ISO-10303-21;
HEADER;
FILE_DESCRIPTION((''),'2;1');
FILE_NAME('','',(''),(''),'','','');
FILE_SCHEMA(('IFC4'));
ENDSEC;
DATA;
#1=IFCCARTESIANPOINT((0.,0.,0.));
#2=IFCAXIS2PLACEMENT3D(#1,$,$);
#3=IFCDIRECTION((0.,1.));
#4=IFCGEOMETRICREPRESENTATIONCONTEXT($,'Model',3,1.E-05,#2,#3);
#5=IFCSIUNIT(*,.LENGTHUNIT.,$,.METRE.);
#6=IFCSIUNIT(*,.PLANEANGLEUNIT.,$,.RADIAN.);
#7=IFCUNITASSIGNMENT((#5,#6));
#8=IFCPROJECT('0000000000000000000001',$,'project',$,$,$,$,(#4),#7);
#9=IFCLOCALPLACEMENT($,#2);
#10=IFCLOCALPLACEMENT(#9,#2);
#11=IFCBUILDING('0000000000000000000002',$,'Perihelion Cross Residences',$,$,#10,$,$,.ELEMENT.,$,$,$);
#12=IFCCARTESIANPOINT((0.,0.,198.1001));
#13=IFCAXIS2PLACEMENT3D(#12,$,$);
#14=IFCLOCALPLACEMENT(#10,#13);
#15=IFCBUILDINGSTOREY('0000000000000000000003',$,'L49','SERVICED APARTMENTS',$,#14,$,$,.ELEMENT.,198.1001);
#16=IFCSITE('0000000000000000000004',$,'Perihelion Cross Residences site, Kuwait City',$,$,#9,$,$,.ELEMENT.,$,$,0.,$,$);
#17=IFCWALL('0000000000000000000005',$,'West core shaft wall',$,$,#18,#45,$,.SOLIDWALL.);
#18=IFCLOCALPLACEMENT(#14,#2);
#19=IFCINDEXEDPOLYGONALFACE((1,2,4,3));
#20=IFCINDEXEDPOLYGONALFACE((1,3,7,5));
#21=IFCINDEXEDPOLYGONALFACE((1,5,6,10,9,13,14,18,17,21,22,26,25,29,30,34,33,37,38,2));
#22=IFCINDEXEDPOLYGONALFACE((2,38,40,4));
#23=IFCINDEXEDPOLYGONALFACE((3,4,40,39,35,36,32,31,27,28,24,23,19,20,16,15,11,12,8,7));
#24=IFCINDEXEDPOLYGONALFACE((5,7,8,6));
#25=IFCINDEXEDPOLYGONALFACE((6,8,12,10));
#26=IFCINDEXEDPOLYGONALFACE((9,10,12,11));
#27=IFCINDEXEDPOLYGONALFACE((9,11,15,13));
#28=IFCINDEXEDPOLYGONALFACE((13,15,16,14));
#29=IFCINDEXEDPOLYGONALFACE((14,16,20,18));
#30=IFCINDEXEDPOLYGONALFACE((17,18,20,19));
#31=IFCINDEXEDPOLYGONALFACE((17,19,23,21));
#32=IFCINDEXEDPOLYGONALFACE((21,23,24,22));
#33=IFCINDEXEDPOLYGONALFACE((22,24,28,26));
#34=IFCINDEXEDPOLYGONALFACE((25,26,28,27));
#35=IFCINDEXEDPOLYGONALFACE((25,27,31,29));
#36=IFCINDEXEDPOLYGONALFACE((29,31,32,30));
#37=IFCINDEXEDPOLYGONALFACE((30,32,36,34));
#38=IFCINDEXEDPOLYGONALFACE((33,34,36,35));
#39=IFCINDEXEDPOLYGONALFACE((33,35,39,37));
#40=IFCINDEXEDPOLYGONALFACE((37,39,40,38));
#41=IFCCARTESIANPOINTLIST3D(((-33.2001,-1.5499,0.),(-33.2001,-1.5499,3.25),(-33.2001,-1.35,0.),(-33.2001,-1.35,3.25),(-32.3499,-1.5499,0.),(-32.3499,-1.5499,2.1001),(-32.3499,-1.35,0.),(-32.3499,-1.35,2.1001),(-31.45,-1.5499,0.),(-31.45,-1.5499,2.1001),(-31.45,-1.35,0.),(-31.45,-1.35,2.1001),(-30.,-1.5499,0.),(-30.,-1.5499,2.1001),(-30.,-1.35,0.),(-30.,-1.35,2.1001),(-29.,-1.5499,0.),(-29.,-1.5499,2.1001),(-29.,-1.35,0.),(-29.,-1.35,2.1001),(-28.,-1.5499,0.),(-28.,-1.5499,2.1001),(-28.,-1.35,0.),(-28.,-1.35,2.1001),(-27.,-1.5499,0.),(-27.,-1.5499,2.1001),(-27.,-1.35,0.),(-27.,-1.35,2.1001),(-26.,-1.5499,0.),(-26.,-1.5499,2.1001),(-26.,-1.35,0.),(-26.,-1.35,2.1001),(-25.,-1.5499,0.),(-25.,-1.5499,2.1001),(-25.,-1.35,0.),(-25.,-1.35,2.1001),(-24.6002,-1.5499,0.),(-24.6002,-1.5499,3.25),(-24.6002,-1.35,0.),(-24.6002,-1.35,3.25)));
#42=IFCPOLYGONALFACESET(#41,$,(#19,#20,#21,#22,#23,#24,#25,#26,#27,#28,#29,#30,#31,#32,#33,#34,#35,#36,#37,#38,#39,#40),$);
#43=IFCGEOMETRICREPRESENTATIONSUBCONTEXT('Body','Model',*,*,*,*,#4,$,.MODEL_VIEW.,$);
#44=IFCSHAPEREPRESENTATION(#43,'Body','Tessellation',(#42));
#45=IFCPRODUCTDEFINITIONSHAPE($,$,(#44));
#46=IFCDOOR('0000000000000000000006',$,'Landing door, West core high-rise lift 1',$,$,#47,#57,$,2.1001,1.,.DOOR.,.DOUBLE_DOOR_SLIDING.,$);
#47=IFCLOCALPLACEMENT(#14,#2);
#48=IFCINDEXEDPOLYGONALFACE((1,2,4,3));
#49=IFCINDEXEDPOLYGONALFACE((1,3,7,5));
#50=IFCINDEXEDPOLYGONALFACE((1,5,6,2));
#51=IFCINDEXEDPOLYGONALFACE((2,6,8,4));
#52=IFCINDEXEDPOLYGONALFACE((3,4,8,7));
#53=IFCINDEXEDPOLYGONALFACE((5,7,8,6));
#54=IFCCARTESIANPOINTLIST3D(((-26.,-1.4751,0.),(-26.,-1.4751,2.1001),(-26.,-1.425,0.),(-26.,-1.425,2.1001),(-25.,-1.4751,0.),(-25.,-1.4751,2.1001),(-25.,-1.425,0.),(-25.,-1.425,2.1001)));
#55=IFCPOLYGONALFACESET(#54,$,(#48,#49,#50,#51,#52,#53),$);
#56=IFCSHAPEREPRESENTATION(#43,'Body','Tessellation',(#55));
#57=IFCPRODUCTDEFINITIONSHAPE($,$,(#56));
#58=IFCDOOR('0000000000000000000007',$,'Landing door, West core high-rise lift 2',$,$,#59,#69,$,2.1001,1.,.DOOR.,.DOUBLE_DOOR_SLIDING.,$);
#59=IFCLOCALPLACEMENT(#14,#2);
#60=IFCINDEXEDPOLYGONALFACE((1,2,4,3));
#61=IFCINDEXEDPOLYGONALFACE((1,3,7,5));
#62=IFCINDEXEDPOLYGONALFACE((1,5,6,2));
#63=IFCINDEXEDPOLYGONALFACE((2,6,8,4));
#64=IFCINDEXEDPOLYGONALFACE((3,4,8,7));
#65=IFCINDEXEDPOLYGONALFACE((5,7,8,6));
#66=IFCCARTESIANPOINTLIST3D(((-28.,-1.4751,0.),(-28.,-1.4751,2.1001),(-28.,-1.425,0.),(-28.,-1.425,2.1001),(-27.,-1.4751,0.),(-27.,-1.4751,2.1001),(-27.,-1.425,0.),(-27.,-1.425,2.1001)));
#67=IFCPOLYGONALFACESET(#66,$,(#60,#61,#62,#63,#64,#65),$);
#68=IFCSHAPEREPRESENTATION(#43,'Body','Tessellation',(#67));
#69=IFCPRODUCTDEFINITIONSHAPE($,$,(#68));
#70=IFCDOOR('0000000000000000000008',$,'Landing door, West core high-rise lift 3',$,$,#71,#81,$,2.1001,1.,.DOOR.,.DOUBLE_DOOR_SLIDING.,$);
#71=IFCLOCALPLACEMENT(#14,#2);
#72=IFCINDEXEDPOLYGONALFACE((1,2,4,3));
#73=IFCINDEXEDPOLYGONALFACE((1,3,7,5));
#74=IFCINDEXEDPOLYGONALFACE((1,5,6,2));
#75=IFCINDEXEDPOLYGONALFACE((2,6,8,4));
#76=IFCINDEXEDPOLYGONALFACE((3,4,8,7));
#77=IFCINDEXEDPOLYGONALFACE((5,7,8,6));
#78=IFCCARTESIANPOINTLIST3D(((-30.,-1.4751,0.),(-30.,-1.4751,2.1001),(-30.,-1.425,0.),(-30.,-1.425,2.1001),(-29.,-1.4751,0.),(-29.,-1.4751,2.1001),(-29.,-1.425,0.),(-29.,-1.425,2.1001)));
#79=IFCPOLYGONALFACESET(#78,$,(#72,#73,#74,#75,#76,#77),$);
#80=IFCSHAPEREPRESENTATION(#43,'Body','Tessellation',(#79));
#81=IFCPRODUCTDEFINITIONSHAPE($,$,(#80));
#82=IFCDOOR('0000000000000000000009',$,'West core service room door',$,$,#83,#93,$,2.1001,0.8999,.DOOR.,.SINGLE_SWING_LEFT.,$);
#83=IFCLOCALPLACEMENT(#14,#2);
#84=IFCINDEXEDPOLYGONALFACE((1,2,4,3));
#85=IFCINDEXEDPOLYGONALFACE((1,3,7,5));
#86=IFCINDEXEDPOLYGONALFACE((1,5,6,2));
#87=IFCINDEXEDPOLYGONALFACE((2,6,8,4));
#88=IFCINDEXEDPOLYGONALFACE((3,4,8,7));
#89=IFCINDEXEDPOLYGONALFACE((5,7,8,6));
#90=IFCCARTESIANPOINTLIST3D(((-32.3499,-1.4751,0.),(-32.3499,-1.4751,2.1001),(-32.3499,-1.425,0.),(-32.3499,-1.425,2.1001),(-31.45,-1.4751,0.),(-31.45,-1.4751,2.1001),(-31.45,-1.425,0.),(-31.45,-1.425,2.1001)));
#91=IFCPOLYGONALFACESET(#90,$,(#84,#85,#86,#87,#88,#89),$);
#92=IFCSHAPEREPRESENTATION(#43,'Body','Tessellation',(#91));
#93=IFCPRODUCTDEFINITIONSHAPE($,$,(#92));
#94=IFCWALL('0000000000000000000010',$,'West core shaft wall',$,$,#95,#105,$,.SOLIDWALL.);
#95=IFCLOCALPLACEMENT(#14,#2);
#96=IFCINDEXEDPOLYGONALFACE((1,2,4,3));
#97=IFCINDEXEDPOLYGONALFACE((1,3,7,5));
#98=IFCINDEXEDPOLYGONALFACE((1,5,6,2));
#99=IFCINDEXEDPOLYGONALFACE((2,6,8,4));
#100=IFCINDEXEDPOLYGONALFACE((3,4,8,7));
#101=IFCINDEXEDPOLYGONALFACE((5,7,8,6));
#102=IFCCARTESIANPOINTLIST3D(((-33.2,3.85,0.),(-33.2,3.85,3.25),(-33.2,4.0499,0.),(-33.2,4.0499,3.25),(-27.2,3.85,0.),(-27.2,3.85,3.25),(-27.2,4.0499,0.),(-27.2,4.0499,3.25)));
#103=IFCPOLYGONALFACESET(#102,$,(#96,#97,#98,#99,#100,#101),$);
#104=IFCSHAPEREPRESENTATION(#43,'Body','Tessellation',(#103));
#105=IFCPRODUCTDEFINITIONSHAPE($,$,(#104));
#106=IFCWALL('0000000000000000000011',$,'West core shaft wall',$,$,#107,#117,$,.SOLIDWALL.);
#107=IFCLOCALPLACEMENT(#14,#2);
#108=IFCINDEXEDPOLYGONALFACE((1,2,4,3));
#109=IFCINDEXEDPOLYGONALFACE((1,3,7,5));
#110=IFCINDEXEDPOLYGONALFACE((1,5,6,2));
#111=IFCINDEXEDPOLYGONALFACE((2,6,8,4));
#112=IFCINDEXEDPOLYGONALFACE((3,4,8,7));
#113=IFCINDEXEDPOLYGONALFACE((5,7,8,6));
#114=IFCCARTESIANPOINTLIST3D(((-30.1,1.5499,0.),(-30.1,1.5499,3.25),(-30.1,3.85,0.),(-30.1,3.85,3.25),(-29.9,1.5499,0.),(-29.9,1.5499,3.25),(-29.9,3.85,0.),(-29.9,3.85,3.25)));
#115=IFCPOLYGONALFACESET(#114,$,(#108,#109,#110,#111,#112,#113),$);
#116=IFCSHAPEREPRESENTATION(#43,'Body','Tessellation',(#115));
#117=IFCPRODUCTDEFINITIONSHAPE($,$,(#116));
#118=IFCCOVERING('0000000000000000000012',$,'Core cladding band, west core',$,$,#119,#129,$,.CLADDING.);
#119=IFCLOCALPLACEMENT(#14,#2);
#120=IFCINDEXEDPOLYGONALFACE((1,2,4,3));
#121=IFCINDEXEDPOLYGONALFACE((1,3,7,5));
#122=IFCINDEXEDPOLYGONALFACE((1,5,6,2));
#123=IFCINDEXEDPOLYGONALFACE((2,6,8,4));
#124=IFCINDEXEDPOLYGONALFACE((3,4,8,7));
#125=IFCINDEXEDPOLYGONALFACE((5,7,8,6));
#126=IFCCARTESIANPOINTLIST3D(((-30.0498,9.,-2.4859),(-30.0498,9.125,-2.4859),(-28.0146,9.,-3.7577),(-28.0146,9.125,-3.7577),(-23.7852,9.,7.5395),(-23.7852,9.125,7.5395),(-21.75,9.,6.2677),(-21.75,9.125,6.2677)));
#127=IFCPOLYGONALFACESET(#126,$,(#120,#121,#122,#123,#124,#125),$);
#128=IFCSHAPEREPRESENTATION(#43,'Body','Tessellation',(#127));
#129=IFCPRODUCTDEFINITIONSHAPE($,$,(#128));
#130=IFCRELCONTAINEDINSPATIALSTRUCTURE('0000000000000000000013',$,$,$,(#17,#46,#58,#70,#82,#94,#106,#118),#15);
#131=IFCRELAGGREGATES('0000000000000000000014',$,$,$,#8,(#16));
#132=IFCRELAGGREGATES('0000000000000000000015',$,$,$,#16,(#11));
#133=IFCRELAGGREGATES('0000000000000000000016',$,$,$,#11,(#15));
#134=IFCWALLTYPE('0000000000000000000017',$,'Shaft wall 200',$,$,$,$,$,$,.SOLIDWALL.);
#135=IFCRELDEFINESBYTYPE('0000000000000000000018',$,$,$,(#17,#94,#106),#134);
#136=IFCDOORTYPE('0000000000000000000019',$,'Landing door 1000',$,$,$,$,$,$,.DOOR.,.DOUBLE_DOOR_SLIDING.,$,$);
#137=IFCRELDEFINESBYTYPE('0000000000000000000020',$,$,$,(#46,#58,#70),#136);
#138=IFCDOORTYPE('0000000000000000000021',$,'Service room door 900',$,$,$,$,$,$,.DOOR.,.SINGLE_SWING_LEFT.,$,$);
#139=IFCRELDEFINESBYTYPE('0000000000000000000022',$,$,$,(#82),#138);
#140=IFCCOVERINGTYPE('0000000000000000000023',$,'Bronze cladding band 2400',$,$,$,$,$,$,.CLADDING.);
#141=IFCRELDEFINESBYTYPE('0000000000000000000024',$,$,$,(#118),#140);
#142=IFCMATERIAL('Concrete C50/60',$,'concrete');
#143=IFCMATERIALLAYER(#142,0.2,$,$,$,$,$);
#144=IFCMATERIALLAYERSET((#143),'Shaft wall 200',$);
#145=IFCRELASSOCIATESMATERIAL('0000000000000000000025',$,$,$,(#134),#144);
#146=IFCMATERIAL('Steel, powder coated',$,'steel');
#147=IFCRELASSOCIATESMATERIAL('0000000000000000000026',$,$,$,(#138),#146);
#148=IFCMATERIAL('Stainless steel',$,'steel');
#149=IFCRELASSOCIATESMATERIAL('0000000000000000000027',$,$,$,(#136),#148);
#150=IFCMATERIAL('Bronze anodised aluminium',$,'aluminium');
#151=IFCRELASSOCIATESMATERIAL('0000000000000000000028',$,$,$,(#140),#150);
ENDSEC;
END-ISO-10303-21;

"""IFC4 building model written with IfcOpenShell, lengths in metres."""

from ifc_helpers import new_model, si_unit, direction, frame, frame_2d, origin, origin_2d, place, context, subcontext, project, spatial, rectangle, extrude, material, layer, layer_set, material_profile, profile_set, type_object, element, fill, save


model = new_model("IFC4")

# Units and contexts
model_context = context("Model", 3, precision=1e-05, world=origin(), true_north=direction((0.0, 1.0)))
body_context = subcontext(model_context, "Body", "Model", "MODEL_VIEW")
ifc_project = project(units=[si_unit("LENGTHUNIT", "METRE"), si_unit("PLANEANGLEUNIT", "RADIAN")], contexts=[model_context])

# Site, building, storey
site_placement = place(None, origin())
site = spatial("IfcSite", under=ifc_project, at=site_placement, Name="Perihelion Cross Residences site, Kuwait City", CompositionType="ELEMENT", RefElevation=0.0)
building_placement = place(site_placement, origin())
building = spatial("IfcBuilding", under=site, at=building_placement, Name="Perihelion Cross Residences", CompositionType="ELEMENT")
storey_placement = place(building_placement, frame((0.0, 0.0, 198.1001)))
storey = spatial("IfcBuildingStorey", under=building, at=storey_placement, Name="L49", Description="SERVICED APARTMENTS", CompositionType="ELEMENT", Elevation=198.1001)

# Wall, openings, doors
ifc_material_1 = material(Name="Concrete C50/60", Category="concrete")
ifc_layer_1 = layer(ifc_material_1, 0.2)
ifc_layer_set_1 = layer_set([ifc_layer_1], Name="Shaft wall 200")
wall_type_1 = type_object("IfcWallType", Name="Shaft wall 200", PredefinedType="SOLIDWALL", material=ifc_layer_set_1)
ifc_material_2 = material(Name="Steel, powder coated", Category="steel")
door_type_1 = type_object("IfcDoorType", Name="Service room door 900", OperationType="SINGLE_SWING_LEFT", PredefinedType="DOOR", material=ifc_material_2)
wall_1_placement = place(storey_placement, frame((-33.2, -1.45, 0.0), z_axis=(0.0, 0.0, 1.0), x_axis=(1.0, 0.0, 0.0)))
wall_1 = element("IfcWall", 1, at=wall_1_placement, inside=storey, type_object=wall_type_1, Name="West core shaft wall", PredefinedType="SOLIDWALL", context=body_context, shape_type="SweptSolid", body=[
    extrude(rectangle(XDim=8.5999, YDim=0.2, at=frame_2d((4.2998, 0.0))), origin(), (0.0, 0.0, 1.0), 3.25),
])
opening_1_placement = place(wall_1_placement, frame((7.2, 0.0, 0.0)))
opening_1 = element("IfcOpeningElement", 2, at=opening_1_placement, cuts=wall_1, PredefinedType="OPENING", context=body_context, shape_type="SweptSolid", body=[
    extrude(rectangle(XDim=1.0, YDim=2.1001, at=frame_2d((0.5, 1.05))), frame((0.0, 0.1099, 0.0), z_axis=(0.0, -1.0, 0.0), x_axis=(1.0, 0.0, 0.0)), (0.0, 0.0, 1.0), 0.22),
])
opening_2_placement = place(wall_1_placement, frame((5.2, 0.0, 0.0)))
opening_2 = element("IfcOpeningElement", 3, at=opening_2_placement, cuts=wall_1, PredefinedType="OPENING", context=body_context, shape_type="SweptSolid", body=[
    extrude(rectangle(XDim=1.0, YDim=2.1001, at=frame_2d((0.5, 1.05))), frame((0.0, 0.1099, 0.0), z_axis=(0.0, -1.0, 0.0), x_axis=(1.0, 0.0, 0.0)), (0.0, 0.0, 1.0), 0.22),
])
opening_3_placement = place(wall_1_placement, frame((3.2, 0.0, 0.0)))
opening_3 = element("IfcOpeningElement", 4, at=opening_3_placement, cuts=wall_1, PredefinedType="OPENING", context=body_context, shape_type="SweptSolid", body=[
    extrude(rectangle(XDim=1.0, YDim=2.1001, at=frame_2d((0.5, 1.05))), frame((0.0, 0.1099, 0.0), z_axis=(0.0, -1.0, 0.0), x_axis=(1.0, 0.0, 0.0)), (0.0, 0.0, 1.0), 0.22),
])
opening_4_placement = place(wall_1_placement, frame((0.8501, 0.0, 0.0)))
opening_4 = element("IfcOpeningElement", 5, at=opening_4_placement, cuts=wall_1, PredefinedType="OPENING", context=body_context, shape_type="SweptSolid", body=[
    extrude(rectangle(XDim=0.8999, YDim=2.1001, at=frame_2d((0.45, 1.05))), frame((0.0, 0.1099, 0.0), z_axis=(0.0, -1.0, 0.0), x_axis=(1.0, 0.0, 0.0)), (0.0, 0.0, 1.0), 0.22),
])
ifc_material_3 = material(Name="Stainless steel", Category="steel")
door_type_2 = type_object("IfcDoorType", Name="Landing door 1000", OperationType="DOUBLE_DOOR_SLIDING", PredefinedType="DOOR", material=ifc_material_3)
door_1_placement = place(opening_1_placement, origin())
door_1 = element("IfcDoor", 6, at=door_1_placement, inside=storey, type_object=door_type_2, Name="Landing door, West core high-rise lift 1", OperationType="DOUBLE_DOOR_SLIDING", OverallHeight=2.1001, OverallWidth=1.0, PredefinedType="DOOR", context=body_context, shape_type="SweptSolid", body=[
    extrude(rectangle(XDim=1.0, YDim=2.1001, at=frame_2d((0.5, 1.05))), frame((0.0, 0.0249, 0.0), z_axis=(0.0, -1.0, 0.0), x_axis=(1.0, 0.0, 0.0)), (0.0, 0.0, 1.0), 0.05),
])
fill(opening_1, door_1)
door_2_placement = place(opening_2_placement, origin())
door_2 = element("IfcDoor", 7, at=door_2_placement, inside=storey, type_object=door_type_2, Name="Landing door, West core high-rise lift 2", OperationType="DOUBLE_DOOR_SLIDING", OverallHeight=2.1001, OverallWidth=1.0, PredefinedType="DOOR", context=body_context, shape_type="SweptSolid", body=[
    extrude(rectangle(XDim=1.0, YDim=2.1001, at=frame_2d((0.5, 1.05))), frame((0.0, 0.0249, 0.0), z_axis=(0.0, -1.0, 0.0), x_axis=(1.0, 0.0, 0.0)), (0.0, 0.0, 1.0), 0.05),
])
fill(opening_2, door_2)
door_3_placement = place(opening_3_placement, origin())
door_3 = element("IfcDoor", 8, at=door_3_placement, inside=storey, type_object=door_type_2, Name="Landing door, West core high-rise lift 3", OperationType="DOUBLE_DOOR_SLIDING", OverallHeight=2.1001, OverallWidth=1.0, PredefinedType="DOOR", context=body_context, shape_type="SweptSolid", body=[
    extrude(rectangle(XDim=1.0, YDim=2.1001, at=frame_2d((0.5, 1.05))), frame((0.0, 0.0249, 0.0), z_axis=(0.0, -1.0, 0.0), x_axis=(1.0, 0.0, 0.0)), (0.0, 0.0, 1.0), 0.05),
])
fill(opening_3, door_3)
door_4_placement = place(opening_4_placement, origin())
door_4 = element("IfcDoor", 9, at=door_4_placement, inside=storey, type_object=door_type_1, Name="West core service room door", OperationType="SINGLE_SWING_LEFT", OverallHeight=2.1001, OverallWidth=0.8999, PredefinedType="DOOR", context=body_context, shape_type="SweptSolid", body=[
    extrude(rectangle(XDim=0.8999, YDim=2.1001, at=frame_2d((0.45, 1.05))), frame((0.0, 0.0249, 0.0), z_axis=(0.0, -1.0, 0.0), x_axis=(1.0, 0.0, 0.0)), (0.0, 0.0, 1.0), 0.05),
])
fill(opening_4, door_4)

# Walls
wall_2_placement = place(storey_placement, frame((-33.2, 3.95, 0.0), z_axis=(0.0, 0.0, 1.0), x_axis=(1.0, 0.0, 0.0)))
element("IfcWall", 10, at=wall_2_placement, inside=storey, type_object=wall_type_1, Name="West core shaft wall", PredefinedType="SOLIDWALL", context=body_context, shape_type="SweptSolid", body=[
    extrude(rectangle(XDim=6.0, YDim=0.2, at=frame_2d((3.0, 0.0))), origin(), (0.0, 0.0, 1.0), 3.25),
])
wall_3_placement = place(storey_placement, frame((-30.0, 1.55, 0.0), z_axis=(0.0, 0.0, 1.0), x_axis=(0.0, 1.0, 0.0)))
element("IfcWall", 11, at=wall_3_placement, inside=storey, type_object=wall_type_1, Name="West core shaft wall", PredefinedType="SOLIDWALL", context=body_context, shape_type="SweptSolid", body=[
    extrude(rectangle(XDim=2.3, YDim=0.2, at=frame_2d((1.1499, 0.0))), origin(), (0.0, 0.0, 1.0), 3.25),
])

# Covering
ifc_material_4 = material(Name="Bronze anodised aluminium", Category="aluminium")
ifc_material_profile = material_profile(ifc_material_4, rectangle(XDim=0.125, YDim=2.3999, at=origin_2d()), Name="Bronze cladding band 2400")
ifc_profile_set = profile_set([ifc_material_profile], Name="Bronze anodised aluminium")
covering_type = type_object("IfcCoveringType", Name="Bronze cladding band 2400", PredefinedType="CLADDING", material=ifc_profile_set)
covering_placement = place(storey_placement, frame((-29.0322, 9.0625, -3.1218), z_axis=(0.529925, 0.0, 0.848045), x_axis=(0.0, 1.0, 0.0)))
element("IfcCovering", 12, at=covering_placement, inside=storey, type_object=covering_type, Name="Core cladding band, west core", PredefinedType="CLADDING", context=body_context, shape_type="SweptSolid", body=[
    extrude(rectangle(XDim=0.125, YDim=2.3999, at=origin_2d()), origin(), (0.0, 0.0, 1.0), 11.8218),
])

save(model, "model.ifc")
